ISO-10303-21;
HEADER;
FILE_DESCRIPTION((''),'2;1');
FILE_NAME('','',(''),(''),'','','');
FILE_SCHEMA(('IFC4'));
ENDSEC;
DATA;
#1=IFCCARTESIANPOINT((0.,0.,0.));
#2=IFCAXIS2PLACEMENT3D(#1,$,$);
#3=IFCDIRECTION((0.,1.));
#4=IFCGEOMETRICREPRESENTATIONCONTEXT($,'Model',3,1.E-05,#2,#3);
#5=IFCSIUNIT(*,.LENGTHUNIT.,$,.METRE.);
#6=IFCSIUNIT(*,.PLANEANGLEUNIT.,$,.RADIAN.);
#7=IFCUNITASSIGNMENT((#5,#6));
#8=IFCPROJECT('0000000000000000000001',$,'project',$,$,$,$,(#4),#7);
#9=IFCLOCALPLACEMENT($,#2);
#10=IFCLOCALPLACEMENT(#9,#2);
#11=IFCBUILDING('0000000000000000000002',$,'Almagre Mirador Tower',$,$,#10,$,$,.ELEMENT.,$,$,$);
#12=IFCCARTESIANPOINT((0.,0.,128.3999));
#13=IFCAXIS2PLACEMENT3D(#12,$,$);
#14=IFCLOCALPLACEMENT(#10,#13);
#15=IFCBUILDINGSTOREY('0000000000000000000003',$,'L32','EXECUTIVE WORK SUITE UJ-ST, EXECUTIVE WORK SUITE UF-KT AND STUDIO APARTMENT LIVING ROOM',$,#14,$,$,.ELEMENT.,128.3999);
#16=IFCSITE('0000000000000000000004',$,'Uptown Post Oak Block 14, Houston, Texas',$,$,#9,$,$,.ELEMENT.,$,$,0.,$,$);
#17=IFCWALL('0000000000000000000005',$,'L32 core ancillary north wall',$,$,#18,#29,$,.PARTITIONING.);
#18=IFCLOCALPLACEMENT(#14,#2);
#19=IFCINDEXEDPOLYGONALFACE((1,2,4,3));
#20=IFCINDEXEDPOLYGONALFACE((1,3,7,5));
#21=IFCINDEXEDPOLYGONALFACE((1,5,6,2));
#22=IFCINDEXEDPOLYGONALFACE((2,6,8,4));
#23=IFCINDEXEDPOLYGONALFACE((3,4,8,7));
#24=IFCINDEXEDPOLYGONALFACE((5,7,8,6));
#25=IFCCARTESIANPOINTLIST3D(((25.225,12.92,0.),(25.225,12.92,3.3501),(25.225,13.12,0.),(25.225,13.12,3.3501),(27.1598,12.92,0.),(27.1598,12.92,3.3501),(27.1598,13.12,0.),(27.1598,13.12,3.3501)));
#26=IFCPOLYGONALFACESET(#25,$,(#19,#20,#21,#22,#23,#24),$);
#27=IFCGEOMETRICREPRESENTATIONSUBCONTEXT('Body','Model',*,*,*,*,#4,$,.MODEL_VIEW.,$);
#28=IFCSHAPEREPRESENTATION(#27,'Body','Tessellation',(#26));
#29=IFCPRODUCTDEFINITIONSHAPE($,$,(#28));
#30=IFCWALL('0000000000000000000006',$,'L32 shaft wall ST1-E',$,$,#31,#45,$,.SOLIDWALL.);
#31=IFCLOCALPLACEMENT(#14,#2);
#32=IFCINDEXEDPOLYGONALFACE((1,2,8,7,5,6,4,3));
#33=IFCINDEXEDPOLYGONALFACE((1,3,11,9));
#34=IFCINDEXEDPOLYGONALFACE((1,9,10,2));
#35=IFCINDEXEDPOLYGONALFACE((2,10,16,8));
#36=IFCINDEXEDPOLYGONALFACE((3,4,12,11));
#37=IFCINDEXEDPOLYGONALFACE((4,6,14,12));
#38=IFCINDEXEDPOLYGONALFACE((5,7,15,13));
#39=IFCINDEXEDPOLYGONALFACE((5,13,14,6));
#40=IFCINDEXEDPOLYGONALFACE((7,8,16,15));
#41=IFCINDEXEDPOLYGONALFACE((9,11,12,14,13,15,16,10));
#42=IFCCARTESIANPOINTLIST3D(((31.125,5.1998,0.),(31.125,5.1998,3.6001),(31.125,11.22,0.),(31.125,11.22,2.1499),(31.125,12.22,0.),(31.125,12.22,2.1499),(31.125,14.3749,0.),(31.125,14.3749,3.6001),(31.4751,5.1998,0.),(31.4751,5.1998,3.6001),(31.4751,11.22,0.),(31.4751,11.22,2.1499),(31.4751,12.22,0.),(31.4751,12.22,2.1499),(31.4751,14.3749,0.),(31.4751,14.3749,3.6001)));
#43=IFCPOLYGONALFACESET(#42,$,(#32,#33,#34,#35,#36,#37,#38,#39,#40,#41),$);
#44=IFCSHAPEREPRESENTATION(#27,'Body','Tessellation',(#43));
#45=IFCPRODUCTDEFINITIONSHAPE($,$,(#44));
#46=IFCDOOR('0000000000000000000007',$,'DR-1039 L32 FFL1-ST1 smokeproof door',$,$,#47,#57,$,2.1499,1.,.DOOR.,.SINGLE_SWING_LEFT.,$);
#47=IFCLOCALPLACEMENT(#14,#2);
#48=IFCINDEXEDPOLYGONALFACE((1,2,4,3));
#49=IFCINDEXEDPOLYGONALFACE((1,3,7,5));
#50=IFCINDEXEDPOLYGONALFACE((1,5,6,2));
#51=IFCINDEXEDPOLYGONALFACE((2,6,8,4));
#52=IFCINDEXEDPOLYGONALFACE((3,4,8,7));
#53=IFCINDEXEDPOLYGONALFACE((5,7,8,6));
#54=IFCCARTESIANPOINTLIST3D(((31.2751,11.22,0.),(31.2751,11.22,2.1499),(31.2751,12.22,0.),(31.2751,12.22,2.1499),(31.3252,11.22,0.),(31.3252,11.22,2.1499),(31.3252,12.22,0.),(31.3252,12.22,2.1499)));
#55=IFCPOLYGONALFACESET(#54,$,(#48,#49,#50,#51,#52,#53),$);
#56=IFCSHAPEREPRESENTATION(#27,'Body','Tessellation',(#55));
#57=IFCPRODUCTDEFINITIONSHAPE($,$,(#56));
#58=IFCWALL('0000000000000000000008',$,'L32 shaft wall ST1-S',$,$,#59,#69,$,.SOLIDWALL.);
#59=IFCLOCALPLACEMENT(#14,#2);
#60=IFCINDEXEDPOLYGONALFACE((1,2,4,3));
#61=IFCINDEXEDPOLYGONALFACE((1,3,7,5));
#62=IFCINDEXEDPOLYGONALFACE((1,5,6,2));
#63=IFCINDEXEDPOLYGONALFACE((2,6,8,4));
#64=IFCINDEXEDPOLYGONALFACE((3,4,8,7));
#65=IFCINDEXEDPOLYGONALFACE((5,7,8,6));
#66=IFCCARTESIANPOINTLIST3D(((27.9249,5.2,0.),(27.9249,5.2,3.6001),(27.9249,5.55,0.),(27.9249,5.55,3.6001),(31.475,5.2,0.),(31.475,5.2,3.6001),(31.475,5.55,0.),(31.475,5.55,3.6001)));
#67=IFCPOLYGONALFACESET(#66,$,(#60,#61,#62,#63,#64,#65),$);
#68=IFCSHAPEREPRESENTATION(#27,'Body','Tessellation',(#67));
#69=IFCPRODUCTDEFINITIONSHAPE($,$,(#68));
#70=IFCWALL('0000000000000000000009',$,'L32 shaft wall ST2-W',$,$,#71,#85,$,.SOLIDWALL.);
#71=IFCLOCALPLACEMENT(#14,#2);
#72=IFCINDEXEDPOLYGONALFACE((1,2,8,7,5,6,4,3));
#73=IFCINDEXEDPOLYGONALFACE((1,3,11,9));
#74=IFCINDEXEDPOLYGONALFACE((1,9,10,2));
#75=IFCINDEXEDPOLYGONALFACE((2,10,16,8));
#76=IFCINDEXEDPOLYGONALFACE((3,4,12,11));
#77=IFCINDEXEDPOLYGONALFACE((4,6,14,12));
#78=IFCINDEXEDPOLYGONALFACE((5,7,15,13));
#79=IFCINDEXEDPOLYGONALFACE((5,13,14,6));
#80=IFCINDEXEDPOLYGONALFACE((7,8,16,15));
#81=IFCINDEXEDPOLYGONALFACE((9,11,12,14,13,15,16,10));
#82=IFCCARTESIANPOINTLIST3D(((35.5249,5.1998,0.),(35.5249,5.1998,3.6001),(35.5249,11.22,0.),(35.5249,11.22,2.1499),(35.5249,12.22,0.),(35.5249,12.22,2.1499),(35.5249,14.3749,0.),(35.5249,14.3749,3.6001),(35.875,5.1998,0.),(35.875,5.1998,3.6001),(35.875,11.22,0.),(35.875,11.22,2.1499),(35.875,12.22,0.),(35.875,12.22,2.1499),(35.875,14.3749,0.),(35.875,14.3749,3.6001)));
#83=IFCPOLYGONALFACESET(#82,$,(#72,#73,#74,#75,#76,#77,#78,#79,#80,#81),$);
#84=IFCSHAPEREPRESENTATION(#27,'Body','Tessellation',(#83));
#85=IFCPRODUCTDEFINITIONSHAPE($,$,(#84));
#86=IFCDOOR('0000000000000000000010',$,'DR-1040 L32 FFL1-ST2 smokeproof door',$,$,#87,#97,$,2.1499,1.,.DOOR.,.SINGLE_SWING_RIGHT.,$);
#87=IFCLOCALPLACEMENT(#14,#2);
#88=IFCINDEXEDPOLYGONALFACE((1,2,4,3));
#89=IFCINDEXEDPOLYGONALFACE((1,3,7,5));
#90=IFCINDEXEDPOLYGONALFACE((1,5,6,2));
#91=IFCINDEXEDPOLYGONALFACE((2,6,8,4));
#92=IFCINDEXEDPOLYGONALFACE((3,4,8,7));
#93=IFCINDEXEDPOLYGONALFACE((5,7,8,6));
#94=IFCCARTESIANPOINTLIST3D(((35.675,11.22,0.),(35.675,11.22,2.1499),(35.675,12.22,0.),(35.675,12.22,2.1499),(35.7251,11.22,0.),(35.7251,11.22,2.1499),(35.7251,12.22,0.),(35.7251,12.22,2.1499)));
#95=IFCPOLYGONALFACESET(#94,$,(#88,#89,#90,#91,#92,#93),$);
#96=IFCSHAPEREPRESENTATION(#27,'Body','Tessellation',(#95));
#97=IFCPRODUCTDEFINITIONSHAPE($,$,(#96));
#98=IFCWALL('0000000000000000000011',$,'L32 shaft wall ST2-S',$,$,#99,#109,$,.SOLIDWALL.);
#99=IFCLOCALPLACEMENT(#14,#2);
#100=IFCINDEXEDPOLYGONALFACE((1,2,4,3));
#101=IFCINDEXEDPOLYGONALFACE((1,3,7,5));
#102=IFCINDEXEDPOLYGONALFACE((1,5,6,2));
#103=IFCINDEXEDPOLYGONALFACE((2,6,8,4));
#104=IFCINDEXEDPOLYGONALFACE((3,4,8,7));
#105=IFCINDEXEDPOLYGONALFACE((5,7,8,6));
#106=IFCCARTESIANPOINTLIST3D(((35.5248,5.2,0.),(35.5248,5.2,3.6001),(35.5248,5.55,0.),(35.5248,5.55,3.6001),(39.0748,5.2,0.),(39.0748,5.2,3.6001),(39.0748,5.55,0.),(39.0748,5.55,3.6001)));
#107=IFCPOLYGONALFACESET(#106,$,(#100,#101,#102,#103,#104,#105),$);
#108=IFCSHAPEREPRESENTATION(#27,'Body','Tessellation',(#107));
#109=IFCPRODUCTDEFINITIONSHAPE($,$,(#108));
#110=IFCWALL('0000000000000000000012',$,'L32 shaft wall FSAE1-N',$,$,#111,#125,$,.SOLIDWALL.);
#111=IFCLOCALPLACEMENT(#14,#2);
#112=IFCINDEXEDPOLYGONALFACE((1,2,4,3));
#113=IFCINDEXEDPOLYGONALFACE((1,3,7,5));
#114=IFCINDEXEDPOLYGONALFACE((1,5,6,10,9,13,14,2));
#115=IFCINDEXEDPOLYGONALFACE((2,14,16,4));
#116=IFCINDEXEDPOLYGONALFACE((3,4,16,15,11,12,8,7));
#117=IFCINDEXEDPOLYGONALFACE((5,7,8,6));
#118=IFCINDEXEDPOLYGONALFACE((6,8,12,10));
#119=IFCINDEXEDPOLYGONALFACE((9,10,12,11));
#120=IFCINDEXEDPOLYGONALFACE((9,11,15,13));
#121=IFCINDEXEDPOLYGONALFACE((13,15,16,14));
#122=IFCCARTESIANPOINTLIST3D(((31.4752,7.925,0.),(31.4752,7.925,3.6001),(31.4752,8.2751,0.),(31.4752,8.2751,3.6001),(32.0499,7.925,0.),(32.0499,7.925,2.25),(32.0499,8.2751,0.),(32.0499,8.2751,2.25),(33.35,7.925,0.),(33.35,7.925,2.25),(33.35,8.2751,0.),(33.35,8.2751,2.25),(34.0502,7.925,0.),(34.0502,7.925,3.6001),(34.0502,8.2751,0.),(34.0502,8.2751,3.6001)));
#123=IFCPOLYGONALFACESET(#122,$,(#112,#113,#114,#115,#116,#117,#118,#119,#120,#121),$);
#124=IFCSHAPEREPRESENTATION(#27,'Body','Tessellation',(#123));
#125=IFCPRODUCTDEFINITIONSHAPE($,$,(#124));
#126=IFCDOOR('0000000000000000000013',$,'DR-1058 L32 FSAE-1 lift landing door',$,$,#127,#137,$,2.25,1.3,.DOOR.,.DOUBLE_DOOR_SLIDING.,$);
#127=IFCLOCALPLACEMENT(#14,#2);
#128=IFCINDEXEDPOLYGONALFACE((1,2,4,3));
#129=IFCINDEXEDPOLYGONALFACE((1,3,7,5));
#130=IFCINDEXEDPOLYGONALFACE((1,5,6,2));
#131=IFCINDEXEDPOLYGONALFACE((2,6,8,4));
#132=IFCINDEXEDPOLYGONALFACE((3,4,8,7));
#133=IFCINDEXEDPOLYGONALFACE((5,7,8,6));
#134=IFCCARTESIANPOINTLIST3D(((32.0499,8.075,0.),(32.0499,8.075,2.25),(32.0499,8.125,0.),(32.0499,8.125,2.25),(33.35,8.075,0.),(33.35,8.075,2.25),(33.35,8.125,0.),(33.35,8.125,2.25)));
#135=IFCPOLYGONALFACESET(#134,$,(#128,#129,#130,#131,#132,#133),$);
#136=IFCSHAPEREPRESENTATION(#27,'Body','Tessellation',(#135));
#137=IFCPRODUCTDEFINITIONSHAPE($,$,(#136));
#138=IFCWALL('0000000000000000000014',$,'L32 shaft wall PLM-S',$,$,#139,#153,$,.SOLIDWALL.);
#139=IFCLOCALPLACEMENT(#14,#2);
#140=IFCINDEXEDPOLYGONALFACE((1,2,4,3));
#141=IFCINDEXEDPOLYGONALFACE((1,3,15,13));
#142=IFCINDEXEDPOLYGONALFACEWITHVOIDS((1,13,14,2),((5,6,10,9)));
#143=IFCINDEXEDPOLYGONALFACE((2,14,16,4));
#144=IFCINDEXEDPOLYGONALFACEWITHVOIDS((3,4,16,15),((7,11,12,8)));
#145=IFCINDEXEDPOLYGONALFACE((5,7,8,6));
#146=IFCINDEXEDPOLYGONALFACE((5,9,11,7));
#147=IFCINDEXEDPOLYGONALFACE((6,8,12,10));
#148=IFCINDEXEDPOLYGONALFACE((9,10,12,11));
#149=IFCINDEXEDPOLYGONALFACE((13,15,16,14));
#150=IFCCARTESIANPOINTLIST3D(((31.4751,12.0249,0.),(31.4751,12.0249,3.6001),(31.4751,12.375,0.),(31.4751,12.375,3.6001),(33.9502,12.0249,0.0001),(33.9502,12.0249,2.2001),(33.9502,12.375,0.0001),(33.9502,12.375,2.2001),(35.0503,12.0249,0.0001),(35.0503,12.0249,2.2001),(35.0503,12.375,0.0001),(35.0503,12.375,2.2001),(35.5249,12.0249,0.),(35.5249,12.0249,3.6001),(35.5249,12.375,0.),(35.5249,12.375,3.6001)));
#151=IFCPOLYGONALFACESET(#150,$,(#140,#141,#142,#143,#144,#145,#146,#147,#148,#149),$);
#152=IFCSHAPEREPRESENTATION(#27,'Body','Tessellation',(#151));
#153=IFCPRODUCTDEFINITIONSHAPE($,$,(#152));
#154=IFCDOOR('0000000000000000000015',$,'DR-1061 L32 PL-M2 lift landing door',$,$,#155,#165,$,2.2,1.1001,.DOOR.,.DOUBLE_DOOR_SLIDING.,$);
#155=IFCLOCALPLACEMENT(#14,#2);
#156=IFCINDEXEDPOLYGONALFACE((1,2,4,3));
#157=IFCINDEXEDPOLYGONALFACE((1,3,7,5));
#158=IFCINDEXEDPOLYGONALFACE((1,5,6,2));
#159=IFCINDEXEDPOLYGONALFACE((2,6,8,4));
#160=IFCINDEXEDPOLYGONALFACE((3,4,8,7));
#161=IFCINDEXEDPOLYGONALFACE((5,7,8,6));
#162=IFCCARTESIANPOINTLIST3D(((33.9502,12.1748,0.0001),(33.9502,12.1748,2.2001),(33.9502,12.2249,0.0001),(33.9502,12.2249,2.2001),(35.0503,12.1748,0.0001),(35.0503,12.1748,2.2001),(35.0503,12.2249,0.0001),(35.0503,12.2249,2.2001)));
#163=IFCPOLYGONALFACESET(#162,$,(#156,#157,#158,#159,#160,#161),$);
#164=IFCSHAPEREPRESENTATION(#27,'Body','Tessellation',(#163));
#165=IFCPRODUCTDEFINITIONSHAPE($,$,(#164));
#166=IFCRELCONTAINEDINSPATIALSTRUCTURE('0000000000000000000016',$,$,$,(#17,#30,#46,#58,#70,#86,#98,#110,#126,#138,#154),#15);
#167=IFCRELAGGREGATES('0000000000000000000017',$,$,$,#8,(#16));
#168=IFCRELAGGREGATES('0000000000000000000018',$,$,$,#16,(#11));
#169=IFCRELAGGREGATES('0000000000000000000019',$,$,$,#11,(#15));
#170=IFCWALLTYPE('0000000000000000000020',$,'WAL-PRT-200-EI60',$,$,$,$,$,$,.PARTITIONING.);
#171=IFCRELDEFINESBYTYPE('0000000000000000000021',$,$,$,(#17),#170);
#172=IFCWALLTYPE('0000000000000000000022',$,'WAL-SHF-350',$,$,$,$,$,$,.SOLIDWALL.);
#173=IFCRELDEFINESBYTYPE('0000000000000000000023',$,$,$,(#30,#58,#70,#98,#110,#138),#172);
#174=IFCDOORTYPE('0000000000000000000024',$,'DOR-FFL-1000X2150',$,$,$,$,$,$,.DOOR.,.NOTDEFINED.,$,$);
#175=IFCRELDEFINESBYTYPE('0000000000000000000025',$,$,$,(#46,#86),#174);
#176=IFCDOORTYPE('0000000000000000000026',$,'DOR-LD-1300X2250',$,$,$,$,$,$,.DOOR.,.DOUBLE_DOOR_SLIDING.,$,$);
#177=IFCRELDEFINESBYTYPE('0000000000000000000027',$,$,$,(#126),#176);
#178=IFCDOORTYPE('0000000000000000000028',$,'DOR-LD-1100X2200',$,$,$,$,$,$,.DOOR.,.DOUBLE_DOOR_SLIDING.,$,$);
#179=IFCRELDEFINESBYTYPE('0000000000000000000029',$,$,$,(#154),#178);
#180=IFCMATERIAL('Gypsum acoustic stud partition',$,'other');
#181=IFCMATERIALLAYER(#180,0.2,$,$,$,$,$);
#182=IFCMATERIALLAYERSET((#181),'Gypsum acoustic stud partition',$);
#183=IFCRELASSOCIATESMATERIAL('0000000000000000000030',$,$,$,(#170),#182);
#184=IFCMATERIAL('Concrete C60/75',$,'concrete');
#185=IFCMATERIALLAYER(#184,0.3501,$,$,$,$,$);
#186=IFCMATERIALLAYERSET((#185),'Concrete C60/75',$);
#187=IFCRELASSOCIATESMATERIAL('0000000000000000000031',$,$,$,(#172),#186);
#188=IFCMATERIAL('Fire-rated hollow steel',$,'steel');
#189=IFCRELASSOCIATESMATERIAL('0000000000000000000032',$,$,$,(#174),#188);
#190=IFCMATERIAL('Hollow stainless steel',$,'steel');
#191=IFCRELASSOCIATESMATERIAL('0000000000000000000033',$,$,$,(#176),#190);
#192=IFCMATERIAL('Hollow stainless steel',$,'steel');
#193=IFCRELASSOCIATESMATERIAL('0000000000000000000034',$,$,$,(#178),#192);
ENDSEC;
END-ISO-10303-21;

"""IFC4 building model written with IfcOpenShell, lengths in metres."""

from ifc_helpers import new_model, si_unit, direction, frame, frame_2d, origin, place, context, subcontext, project, spatial, rectangle, extrude, material, layer, layer_set, type_object, element, fill, save


model = new_model("IFC4")

# Units and contexts
model_context = context("Model", 3, precision=1e-05, world=origin(), true_north=direction((0.0, 1.0)))
body_context = subcontext(model_context, "Body", "Model", "MODEL_VIEW")
ifc_project = project(units=[si_unit("LENGTHUNIT", "METRE"), si_unit("PLANEANGLEUNIT", "RADIAN")], contexts=[model_context])

# Site, building, storey
site_placement = place(None, origin())
site = spatial("IfcSite", under=ifc_project, at=site_placement, Name="Uptown Post Oak Block 14, Houston, Texas", CompositionType="ELEMENT", RefElevation=0.0)
building_placement = place(site_placement, origin())
building = spatial("IfcBuilding", under=site, at=building_placement, Name="Almagre Mirador Tower", CompositionType="ELEMENT")
storey_placement = place(building_placement, frame((0.0, 0.0, 128.3999)))
storey = spatial("IfcBuildingStorey", under=building, at=storey_placement, Name="L32", Description="EXECUTIVE WORK SUITE UJ-ST, EXECUTIVE WORK SUITE UF-KT AND STUDIO APARTMENT LIVING ROOM", CompositionType="ELEMENT", Elevation=128.3999)

# Wall
ifc_material_1 = material(Name="Gypsum acoustic stud partition", Category="other")
ifc_layer_1 = layer(ifc_material_1, 0.2)
ifc_layer_set_1 = layer_set([ifc_layer_1], Name="Gypsum acoustic stud partition")
wall_type_1 = type_object("IfcWallType", Name="WAL-PRT-200-EI60", PredefinedType="PARTITIONING", material=ifc_layer_set_1)
wall_1_placement = place(storey_placement, frame((25.2251, 13.02, 0.0), z_axis=(0.0, 0.0, 1.0), x_axis=(1.0, 0.0, 0.0)))
element("IfcWall", 1, at=wall_1_placement, inside=storey, type_object=wall_type_1, Name="L32 core ancillary north wall", PredefinedType="PARTITIONING", context=body_context, shape_type="SweptSolid", body=[
    extrude(rectangle(XDim=1.9348, YDim=0.2, at=frame_2d((0.9673, 0.0))), origin(), (0.0, 0.0, 1.0), 3.3501),
])

# Wall, opening, door
ifc_material_2 = material(Name="Concrete C60/75", Category="concrete")
ifc_layer_2 = layer(ifc_material_2, 0.3501)
ifc_layer_set_2 = layer_set([ifc_layer_2], Name="Concrete C60/75")
wall_type_2 = type_object("IfcWallType", Name="WAL-SHF-350", PredefinedType="SOLIDWALL", material=ifc_layer_set_2)
wall_2_placement = place(storey_placement, frame((31.3, 5.2, 0.0), z_axis=(0.0, 0.0, 1.0), x_axis=(0.0, 1.0, 0.0)))
wall_2 = element("IfcWall", 2, at=wall_2_placement, inside=storey, type_object=wall_type_2, Name="L32 shaft wall ST1-E", PredefinedType="SOLIDWALL", context=body_context, shape_type="SweptSolid", body=[
    extrude(rectangle(XDim=9.175, YDim=0.3501, at=frame_2d((4.5874, 0.0))), origin(), (0.0, 0.0, 1.0), 3.6001),
])
opening_1_placement = place(wall_2_placement, frame((6.02, 0.0, 0.0)))
opening_1 = element("IfcOpeningElement", 3, at=opening_1_placement, cuts=wall_2, PredefinedType="OPENING", context=body_context, shape_type="SweptSolid", body=[
    extrude(rectangle(XDim=1.0, YDim=2.1499, at=frame_2d((0.5, 1.075))), frame((0.0, 0.185, 0.0), z_axis=(0.0, -1.0, 0.0), x_axis=(1.0, 0.0, 0.0)), (0.0, 0.0, 1.0), 0.3701),
])
ifc_material_3 = material(Name="Fire-rated hollow steel", Category="steel")
door_type_1 = type_object("IfcDoorType", Name="DOR-FFL-1000X2150", OperationType="NOTDEFINED", PredefinedType="DOOR", material=ifc_material_3)
door_1_placement = place(opening_1_placement, origin())
door_1 = element("IfcDoor", 4, at=door_1_placement, inside=storey, type_object=door_type_1, Name="DR-1039 L32 FFL1-ST1 smokeproof door", OperationType="SINGLE_SWING_LEFT", OverallHeight=2.1499, OverallWidth=1.0, PredefinedType="DOOR", context=body_context, shape_type="SweptSolid", body=[
    extrude(rectangle(XDim=1.0, YDim=2.1499, at=frame_2d((0.5, 1.075))), frame((0.0, 0.0249, 0.0), z_axis=(0.0, -1.0, 0.0), x_axis=(1.0, 0.0, 0.0)), (0.0, 0.0, 1.0), 0.05),
])
fill(opening_1, door_1)

# Wall
wall_3_placement = place(storey_placement, frame((27.925, 5.375, 0.0), z_axis=(0.0, 0.0, 1.0), x_axis=(1.0, 0.0, 0.0)))
element("IfcWall", 5, at=wall_3_placement, inside=storey, type_object=wall_type_2, Name="L32 shaft wall ST1-S", PredefinedType="SOLIDWALL", context=body_context, shape_type="SweptSolid", body=[
    extrude(rectangle(XDim=3.55, YDim=0.3501, at=frame_2d((1.7749, 0.0))), origin(), (0.0, 0.0, 1.0), 3.6001),
])

# Wall, opening, door
wall_4_placement = place(storey_placement, frame((35.7, 5.2, 0.0), z_axis=(0.0, 0.0, 1.0), x_axis=(0.0, 1.0, 0.0)))
wall_4 = element("IfcWall", 6, at=wall_4_placement, inside=storey, type_object=wall_type_2, Name="L32 shaft wall ST2-W", PredefinedType="SOLIDWALL", context=body_context, shape_type="SweptSolid", body=[
    extrude(rectangle(XDim=9.175, YDim=0.3501, at=frame_2d((4.5874, 0.0))), origin(), (0.0, 0.0, 1.0), 3.6001),
])
opening_2_placement = place(wall_4_placement, frame((6.02, 0.0, 0.0)))
opening_2 = element("IfcOpeningElement", 7, at=opening_2_placement, cuts=wall_4, PredefinedType="OPENING", context=body_context, shape_type="SweptSolid", body=[
    extrude(rectangle(XDim=1.0, YDim=2.1499, at=frame_2d((0.5, 1.075))), frame((0.0, 0.185, 0.0), z_axis=(0.0, -1.0, 0.0), x_axis=(1.0, 0.0, 0.0)), (0.0, 0.0, 1.0), 0.3701),
])
door_2_placement = place(opening_2_placement, origin())
door_2 = element("IfcDoor", 8, at=door_2_placement, inside=storey, type_object=door_type_1, Name="DR-1040 L32 FFL1-ST2 smokeproof door", OperationType="SINGLE_SWING_RIGHT", OverallHeight=2.1499, OverallWidth=1.0, PredefinedType="DOOR", context=body_context, shape_type="SweptSolid", body=[
    extrude(rectangle(XDim=1.0, YDim=2.1499, at=frame_2d((0.5, 1.075))), frame((0.0, 0.0249, 0.0), z_axis=(0.0, -1.0, 0.0), x_axis=(1.0, 0.0, 0.0)), (0.0, 0.0, 1.0), 0.05),
])
fill(opening_2, door_2)

# Wall
wall_5_placement = place(storey_placement, frame((35.5249, 5.375, 0.0), z_axis=(0.0, 0.0, 1.0), x_axis=(1.0, 0.0, 0.0)))
element("IfcWall", 9, at=wall_5_placement, inside=storey, type_object=wall_type_2, Name="L32 shaft wall ST2-S", PredefinedType="SOLIDWALL", context=body_context, shape_type="SweptSolid", body=[
    extrude(rectangle(XDim=3.55, YDim=0.3501, at=frame_2d((1.7749, 0.0))), origin(), (0.0, 0.0, 1.0), 3.6001),
])

# Walls, openings, doors
wall_6_placement = place(storey_placement, frame((31.4751, 8.1001, 0.0), z_axis=(0.0, 0.0, 1.0), x_axis=(1.0, 0.0, 0.0)))
wall_6 = element("IfcWall", 10, at=wall_6_placement, inside=storey, type_object=wall_type_2, Name="L32 shaft wall FSAE1-N", PredefinedType="SOLIDWALL", context=body_context, shape_type="SweptSolid", body=[
    extrude(rectangle(XDim=2.575, YDim=0.3501, at=frame_2d((1.2876, 0.0))), origin(), (0.0, 0.0, 1.0), 3.6001),
])
opening_3_placement = place(wall_6_placement, frame((0.575, 0.0, 0.0)))
opening_3 = element("IfcOpeningElement", 11, at=opening_3_placement, cuts=wall_6, PredefinedType="OPENING", context=body_context, shape_type="SweptSolid", body=[
    extrude(rectangle(XDim=1.3, YDim=2.25, at=frame_2d((0.6499, 1.125))), frame((0.0, 0.185, 0.0), z_axis=(0.0, -1.0, 0.0), x_axis=(1.0, 0.0, 0.0)), (0.0, 0.0, 1.0), 0.3701),
])
ifc_material_4 = material(Name="Hollow stainless steel", Category="steel")
door_type_2 = type_object("IfcDoorType", Name="DOR-LD-1300X2250", OperationType="DOUBLE_DOOR_SLIDING", PredefinedType="DOOR", material=ifc_material_4)
door_3_placement = place(opening_3_placement, origin())
door_3 = element("IfcDoor", 12, at=door_3_placement, inside=storey, type_object=door_type_2, Name="DR-1058 L32 FSAE-1 lift landing door", OperationType="DOUBLE_DOOR_SLIDING", OverallHeight=2.25, OverallWidth=1.3, PredefinedType="DOOR", context=body_context, shape_type="SweptSolid", body=[
    extrude(rectangle(XDim=1.3, YDim=2.25, at=frame_2d((0.6499, 1.125))), frame((0.0, 0.0249, 0.0), z_axis=(0.0, -1.0, 0.0), x_axis=(1.0, 0.0, 0.0)), (0.0, 0.0, 1.0), 0.05),
])
fill(opening_3, door_3)
wall_7_placement = place(storey_placement, frame((31.4751, 12.2, 0.0), z_axis=(0.0, 0.0, 1.0), x_axis=(1.0, 0.0, 0.0)))
wall_7 = element("IfcWall", 13, at=wall_7_placement, inside=storey, type_object=wall_type_2, Name="L32 shaft wall PLM-S", PredefinedType="SOLIDWALL", context=body_context, shape_type="SweptSolid", body=[
    extrude(rectangle(XDim=4.0498, YDim=0.3501, at=frame_2d((2.0249, 0.0))), origin(), (0.0, 0.0, 1.0), 3.6001),
])
opening_4_placement = place(wall_7_placement, frame((2.4751, 0.0, 0.0)))
opening_4 = element("IfcOpeningElement", 14, at=opening_4_placement, cuts=wall_7, PredefinedType="OPENING", context=body_context, shape_type="SweptSolid", body=[
    extrude(rectangle(XDim=1.1001, YDim=2.2, at=frame_2d((0.55, 1.1001))), frame((0.0, 0.185, 0.0), z_axis=(0.0, -1.0, 0.0), x_axis=(1.0, 0.0, 0.0)), (0.0, 0.0, 1.0), 0.3701),
])
ifc_material_5 = material(Name="Hollow stainless steel", Category="steel")
door_type_3 = type_object("IfcDoorType", Name="DOR-LD-1100X2200", OperationType="DOUBLE_DOOR_SLIDING", PredefinedType="DOOR", material=ifc_material_5)
door_4_placement = place(opening_4_placement, origin())
door_4 = element("IfcDoor", 15, at=door_4_placement, inside=storey, type_object=door_type_3, Name="DR-1061 L32 PL-M2 lift landing door", OperationType="DOUBLE_DOOR_SLIDING", OverallHeight=2.2, OverallWidth=1.1001, PredefinedType="DOOR", context=body_context, shape_type="SweptSolid", body=[
    extrude(rectangle(XDim=1.1001, YDim=2.2, at=frame_2d((0.55, 1.1001))), frame((0.0, 0.0249, 0.0), z_axis=(0.0, -1.0, 0.0), x_axis=(1.0, 0.0, 0.0)), (0.0, 0.0, 1.0), 0.05),
])
fill(opening_4, door_4)

save(model, "model.ifc")
